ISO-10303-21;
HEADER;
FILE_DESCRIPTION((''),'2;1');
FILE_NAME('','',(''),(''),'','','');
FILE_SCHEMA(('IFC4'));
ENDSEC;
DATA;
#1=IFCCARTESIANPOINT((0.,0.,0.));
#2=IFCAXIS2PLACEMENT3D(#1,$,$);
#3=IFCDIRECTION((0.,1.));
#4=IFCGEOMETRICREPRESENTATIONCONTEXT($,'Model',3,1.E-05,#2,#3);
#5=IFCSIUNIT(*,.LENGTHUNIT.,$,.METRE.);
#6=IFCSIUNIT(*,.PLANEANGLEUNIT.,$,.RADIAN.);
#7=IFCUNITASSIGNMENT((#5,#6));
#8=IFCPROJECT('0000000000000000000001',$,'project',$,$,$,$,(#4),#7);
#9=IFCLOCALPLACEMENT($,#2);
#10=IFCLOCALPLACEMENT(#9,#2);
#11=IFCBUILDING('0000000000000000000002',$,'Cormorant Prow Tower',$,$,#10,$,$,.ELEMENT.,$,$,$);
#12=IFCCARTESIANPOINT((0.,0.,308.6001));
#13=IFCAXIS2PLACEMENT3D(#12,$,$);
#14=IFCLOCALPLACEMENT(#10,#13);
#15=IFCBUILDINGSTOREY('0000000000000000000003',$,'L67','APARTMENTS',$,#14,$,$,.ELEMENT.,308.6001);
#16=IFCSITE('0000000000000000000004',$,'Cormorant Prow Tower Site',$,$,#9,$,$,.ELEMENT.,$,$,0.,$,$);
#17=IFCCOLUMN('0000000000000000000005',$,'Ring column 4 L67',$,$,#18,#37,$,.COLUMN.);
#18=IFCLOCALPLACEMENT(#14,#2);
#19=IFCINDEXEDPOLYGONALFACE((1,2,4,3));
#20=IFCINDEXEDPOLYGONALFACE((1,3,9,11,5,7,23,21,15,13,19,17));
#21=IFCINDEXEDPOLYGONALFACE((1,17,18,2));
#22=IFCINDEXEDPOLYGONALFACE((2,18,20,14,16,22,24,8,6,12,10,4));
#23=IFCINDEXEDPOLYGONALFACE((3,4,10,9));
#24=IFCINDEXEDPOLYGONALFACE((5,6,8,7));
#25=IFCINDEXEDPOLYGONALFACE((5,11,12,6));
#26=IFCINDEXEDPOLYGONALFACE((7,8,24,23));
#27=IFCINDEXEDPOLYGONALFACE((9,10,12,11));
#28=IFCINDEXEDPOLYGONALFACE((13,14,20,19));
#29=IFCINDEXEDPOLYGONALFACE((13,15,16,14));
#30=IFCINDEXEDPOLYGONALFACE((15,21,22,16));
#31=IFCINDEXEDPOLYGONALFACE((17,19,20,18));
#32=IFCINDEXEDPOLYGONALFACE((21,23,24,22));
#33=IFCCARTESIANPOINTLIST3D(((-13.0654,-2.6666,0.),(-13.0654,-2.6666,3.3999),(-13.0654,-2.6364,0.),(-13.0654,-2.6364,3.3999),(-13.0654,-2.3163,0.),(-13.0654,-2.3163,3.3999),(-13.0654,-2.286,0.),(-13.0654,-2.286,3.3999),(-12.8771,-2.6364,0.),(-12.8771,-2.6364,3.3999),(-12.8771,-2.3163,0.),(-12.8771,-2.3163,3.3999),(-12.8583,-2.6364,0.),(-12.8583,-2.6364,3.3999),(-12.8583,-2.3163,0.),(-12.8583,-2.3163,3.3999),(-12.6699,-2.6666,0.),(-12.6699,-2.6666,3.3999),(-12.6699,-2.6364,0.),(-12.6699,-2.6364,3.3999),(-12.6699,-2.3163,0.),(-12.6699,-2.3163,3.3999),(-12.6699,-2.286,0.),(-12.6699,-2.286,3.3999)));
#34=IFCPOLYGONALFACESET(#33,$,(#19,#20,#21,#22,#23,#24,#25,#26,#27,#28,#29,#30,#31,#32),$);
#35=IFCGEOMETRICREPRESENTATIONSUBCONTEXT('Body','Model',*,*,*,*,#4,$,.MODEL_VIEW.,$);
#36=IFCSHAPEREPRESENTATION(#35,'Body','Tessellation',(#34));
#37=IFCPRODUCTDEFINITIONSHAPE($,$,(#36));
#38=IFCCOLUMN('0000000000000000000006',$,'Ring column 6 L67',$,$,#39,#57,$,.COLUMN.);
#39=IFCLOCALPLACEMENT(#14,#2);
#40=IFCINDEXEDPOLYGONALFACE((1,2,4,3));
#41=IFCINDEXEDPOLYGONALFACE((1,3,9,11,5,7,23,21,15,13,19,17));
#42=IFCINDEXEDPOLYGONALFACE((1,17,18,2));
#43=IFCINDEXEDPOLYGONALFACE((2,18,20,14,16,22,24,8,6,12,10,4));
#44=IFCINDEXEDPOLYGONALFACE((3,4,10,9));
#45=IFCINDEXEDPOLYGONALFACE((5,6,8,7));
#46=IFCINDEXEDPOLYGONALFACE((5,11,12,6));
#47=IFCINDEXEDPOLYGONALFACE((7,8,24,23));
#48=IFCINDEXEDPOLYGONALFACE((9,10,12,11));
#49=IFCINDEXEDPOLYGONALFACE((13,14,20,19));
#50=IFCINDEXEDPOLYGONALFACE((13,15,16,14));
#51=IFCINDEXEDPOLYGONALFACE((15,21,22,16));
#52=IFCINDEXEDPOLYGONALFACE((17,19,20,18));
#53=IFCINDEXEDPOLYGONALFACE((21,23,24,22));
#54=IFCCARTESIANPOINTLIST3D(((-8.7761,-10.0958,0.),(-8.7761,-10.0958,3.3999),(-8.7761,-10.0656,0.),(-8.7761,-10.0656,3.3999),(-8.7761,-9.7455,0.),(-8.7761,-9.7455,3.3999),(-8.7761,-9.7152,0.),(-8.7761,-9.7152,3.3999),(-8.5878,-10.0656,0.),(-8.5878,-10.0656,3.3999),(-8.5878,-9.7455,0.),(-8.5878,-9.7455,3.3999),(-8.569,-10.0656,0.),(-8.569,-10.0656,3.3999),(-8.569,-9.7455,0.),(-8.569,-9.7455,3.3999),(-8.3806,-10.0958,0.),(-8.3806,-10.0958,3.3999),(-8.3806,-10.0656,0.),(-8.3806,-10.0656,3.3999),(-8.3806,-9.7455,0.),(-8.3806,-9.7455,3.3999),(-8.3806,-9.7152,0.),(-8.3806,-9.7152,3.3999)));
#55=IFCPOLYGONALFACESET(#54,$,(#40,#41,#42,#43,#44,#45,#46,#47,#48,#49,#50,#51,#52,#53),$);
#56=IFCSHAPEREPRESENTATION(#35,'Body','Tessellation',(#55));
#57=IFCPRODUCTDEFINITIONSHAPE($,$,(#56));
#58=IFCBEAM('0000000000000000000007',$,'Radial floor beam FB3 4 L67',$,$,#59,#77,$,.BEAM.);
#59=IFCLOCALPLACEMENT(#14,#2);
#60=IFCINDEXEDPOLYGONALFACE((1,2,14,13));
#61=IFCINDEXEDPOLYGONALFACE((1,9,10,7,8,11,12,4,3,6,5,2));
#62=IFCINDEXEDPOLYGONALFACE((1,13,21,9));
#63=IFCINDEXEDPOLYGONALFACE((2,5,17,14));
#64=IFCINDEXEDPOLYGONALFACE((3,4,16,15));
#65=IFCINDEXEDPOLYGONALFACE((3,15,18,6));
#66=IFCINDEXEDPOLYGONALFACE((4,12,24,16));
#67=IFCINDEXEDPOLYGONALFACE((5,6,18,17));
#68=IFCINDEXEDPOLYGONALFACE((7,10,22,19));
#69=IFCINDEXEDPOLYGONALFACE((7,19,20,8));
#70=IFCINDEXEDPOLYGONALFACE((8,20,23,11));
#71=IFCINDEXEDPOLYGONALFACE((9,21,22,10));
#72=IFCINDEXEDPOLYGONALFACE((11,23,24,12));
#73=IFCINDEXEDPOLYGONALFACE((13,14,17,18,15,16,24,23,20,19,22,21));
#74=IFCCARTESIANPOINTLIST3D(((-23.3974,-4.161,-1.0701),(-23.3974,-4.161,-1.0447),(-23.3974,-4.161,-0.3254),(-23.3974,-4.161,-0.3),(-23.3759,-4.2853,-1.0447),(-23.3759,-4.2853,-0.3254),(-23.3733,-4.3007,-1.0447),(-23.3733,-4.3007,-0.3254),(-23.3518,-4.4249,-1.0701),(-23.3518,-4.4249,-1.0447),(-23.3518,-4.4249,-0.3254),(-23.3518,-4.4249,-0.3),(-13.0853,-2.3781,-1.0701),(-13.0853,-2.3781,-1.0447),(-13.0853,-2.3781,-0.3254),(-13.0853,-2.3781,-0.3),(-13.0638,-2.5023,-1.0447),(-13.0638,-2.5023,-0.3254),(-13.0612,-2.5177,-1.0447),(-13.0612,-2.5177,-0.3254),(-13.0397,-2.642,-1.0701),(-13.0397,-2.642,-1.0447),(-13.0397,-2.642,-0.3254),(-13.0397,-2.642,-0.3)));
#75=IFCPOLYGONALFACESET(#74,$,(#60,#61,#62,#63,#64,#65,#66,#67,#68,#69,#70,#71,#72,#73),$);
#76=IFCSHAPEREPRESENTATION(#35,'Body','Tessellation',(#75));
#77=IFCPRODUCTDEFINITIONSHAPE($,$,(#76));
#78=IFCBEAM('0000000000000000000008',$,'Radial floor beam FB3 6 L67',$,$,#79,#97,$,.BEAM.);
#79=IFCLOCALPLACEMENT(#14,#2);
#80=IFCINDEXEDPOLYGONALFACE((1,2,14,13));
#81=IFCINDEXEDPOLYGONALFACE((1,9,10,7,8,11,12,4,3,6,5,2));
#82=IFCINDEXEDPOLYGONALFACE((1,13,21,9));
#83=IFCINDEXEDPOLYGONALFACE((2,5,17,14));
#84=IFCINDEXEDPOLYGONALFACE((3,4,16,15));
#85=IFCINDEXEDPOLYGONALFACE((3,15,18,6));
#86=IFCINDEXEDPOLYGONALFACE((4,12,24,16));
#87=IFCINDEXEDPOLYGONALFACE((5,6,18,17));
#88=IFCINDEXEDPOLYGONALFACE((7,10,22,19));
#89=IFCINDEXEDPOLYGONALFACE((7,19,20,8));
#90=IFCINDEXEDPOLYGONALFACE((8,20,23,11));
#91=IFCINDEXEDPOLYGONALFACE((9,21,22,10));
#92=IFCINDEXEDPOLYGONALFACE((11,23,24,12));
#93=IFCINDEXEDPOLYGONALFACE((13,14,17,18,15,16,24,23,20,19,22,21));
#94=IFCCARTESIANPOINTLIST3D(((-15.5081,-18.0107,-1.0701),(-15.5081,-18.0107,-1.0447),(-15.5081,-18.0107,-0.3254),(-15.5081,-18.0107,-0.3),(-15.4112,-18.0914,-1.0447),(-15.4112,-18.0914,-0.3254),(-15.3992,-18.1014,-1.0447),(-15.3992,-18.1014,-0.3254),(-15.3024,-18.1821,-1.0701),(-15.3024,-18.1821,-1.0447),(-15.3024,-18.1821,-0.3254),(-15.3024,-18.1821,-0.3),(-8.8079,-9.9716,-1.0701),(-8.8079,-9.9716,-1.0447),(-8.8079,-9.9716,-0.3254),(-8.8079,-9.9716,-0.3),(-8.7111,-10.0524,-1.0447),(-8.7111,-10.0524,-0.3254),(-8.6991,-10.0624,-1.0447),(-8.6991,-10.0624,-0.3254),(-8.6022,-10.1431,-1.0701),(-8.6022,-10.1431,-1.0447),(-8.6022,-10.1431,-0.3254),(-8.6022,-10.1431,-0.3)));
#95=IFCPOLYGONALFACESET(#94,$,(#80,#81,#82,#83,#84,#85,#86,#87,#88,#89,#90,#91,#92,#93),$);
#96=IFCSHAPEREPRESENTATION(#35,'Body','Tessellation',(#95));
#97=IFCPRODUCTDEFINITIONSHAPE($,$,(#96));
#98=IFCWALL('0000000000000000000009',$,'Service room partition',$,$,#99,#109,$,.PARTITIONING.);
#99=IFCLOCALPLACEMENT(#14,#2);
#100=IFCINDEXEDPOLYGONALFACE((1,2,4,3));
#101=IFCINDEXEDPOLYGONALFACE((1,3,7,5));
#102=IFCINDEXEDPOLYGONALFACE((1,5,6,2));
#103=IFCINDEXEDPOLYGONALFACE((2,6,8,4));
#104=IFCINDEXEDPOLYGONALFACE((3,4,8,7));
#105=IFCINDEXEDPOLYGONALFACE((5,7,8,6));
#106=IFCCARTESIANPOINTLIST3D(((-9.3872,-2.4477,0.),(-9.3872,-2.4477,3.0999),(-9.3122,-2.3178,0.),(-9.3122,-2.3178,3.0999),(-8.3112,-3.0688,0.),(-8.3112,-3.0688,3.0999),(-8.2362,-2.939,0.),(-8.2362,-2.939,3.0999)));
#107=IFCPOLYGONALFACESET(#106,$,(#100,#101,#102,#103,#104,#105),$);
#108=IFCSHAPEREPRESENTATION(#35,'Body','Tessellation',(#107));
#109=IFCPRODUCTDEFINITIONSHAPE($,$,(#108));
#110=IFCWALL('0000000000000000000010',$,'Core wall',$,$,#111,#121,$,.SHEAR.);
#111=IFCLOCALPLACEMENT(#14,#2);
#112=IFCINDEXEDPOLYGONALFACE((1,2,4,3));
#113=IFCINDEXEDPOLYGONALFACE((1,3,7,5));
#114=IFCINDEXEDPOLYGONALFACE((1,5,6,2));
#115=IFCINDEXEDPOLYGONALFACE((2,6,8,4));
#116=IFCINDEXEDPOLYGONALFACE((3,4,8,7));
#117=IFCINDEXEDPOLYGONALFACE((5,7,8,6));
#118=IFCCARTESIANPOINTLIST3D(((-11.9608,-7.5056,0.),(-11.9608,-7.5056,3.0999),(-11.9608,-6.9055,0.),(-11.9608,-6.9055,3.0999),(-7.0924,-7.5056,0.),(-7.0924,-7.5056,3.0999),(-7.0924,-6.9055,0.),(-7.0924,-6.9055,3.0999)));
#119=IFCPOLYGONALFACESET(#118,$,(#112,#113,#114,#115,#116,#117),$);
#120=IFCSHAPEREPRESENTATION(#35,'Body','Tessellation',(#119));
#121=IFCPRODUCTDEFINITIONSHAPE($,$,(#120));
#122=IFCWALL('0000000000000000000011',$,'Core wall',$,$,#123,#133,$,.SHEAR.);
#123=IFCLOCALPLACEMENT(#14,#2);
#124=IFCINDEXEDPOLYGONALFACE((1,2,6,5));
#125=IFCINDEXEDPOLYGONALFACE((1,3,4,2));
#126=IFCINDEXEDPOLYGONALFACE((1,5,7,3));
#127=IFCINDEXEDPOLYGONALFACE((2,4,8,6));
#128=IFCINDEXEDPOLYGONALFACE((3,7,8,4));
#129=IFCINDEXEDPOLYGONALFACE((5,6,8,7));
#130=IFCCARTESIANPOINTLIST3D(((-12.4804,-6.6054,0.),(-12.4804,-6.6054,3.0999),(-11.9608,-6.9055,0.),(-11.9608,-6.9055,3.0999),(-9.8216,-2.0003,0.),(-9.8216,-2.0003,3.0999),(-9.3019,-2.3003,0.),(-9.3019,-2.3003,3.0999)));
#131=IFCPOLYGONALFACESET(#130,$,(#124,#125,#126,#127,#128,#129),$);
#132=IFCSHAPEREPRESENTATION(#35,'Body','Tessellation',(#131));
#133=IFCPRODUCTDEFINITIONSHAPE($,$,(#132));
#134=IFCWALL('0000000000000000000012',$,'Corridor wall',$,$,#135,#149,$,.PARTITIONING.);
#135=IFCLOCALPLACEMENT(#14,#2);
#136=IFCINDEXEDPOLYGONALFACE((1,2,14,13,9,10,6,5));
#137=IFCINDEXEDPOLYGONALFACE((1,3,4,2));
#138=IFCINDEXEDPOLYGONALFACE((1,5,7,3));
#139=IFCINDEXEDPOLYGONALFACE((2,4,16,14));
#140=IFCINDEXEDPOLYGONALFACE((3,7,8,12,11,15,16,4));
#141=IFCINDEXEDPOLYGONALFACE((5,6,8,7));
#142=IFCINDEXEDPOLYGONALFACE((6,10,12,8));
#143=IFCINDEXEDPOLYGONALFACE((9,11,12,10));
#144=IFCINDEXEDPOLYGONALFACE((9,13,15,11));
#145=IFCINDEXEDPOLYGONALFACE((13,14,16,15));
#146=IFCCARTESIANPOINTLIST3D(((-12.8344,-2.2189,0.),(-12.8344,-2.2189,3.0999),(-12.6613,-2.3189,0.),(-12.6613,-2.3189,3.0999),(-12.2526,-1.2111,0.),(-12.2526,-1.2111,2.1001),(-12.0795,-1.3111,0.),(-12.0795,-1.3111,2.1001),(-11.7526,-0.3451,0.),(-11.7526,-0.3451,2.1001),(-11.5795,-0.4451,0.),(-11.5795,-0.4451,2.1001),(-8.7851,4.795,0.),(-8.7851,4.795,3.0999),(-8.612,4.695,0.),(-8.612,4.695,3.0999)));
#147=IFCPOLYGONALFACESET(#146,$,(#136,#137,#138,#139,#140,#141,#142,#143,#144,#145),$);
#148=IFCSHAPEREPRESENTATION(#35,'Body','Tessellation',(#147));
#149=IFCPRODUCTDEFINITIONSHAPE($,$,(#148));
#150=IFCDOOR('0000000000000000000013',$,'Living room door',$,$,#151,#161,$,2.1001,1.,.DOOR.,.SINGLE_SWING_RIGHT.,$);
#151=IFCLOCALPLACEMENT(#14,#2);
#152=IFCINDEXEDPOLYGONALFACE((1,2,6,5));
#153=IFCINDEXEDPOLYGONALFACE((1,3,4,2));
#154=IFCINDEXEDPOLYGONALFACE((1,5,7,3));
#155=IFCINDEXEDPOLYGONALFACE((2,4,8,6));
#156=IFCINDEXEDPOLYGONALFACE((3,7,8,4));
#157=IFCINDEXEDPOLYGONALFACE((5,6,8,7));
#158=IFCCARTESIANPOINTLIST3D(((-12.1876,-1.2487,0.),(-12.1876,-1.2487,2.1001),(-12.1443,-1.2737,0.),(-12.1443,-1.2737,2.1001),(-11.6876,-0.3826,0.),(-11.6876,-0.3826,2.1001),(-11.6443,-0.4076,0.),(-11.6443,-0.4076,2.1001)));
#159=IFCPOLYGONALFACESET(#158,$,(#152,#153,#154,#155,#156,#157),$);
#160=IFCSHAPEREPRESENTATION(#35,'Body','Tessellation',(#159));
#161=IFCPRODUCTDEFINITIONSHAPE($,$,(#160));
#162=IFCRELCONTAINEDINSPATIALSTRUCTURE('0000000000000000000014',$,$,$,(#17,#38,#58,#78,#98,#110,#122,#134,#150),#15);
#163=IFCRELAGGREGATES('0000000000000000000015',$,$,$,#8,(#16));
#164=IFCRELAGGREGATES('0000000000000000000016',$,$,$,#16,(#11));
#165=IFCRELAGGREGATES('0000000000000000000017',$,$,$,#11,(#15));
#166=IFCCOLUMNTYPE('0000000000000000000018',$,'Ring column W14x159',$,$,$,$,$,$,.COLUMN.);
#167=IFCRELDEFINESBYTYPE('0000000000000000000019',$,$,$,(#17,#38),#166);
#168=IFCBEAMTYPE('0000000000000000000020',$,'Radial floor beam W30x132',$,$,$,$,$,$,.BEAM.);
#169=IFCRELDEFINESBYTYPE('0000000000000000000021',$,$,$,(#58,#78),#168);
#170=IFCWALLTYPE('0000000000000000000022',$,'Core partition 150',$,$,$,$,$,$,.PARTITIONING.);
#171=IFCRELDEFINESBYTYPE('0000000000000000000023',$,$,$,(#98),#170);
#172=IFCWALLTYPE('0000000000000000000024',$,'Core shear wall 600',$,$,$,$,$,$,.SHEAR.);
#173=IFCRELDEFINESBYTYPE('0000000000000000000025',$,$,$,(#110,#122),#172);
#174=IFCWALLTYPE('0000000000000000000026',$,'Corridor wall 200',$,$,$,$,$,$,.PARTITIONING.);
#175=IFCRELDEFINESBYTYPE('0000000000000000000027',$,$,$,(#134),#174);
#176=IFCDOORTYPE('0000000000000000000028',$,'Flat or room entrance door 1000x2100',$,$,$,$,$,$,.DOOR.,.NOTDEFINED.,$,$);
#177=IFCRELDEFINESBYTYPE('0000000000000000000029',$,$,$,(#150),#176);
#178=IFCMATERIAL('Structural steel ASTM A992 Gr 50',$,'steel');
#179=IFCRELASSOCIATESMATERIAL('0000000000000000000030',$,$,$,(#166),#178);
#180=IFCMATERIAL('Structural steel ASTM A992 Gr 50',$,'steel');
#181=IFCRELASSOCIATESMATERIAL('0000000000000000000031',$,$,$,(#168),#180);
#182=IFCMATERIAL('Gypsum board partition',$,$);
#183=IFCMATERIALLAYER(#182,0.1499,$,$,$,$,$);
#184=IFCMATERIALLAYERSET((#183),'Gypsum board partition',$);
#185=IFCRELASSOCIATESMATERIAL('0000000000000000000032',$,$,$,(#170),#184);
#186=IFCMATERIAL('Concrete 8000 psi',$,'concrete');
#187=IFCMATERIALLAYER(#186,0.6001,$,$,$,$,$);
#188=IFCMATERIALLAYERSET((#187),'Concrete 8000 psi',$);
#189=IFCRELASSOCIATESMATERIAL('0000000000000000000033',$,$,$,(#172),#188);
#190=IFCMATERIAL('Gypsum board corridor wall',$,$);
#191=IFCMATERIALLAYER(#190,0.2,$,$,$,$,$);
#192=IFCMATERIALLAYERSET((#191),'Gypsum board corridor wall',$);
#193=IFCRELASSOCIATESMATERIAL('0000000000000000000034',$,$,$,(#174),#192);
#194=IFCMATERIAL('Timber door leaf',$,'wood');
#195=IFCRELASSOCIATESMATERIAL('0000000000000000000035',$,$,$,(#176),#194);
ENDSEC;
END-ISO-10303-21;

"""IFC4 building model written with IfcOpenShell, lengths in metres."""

from ifc_helpers import new_model, si_unit, direction, frame, frame_2d, origin, origin_2d, place, context, subcontext, project, spatial, rectangle, i_section, extrude, material, layer, layer_set, material_profile, profile_set, type_object, element, fill, save


model = new_model("IFC4")

# Units and contexts
model_context = context("Model", 3, precision=1e-05, world=origin(), true_north=direction((0.0, 1.0)))
body_context = subcontext(model_context, "Body", "Model", "MODEL_VIEW")
ifc_project = project(units=[si_unit("LENGTHUNIT", "METRE"), si_unit("PLANEANGLEUNIT", "RADIAN")], contexts=[model_context])

# Site, building, storey
site_placement = place(None, origin())
site = spatial("IfcSite", under=ifc_project, at=site_placement, Name="Cormorant Prow Tower Site", CompositionType="ELEMENT", RefElevation=0.0)
building_placement = place(site_placement, origin())
building = spatial("IfcBuilding", under=site, at=building_placement, Name="Cormorant Prow Tower", CompositionType="ELEMENT")
storey_placement = place(building_placement, frame((0.0, 0.0, 308.6001)))
storey = spatial("IfcBuildingStorey", under=building, at=storey_placement, Name="L67", Description="APARTMENTS", CompositionType="ELEMENT", Elevation=308.6001)

# Columns
ifc_material_1 = material(Name="Structural steel ASTM A992 Gr 50", Category="steel")
ifc_material_profile_1 = material_profile(ifc_material_1, i_section(OverallWidth=0.3955, OverallDepth=0.3806, WebThickness=0.0188, FlangeThickness=0.0303, at=origin_2d()), Name="W14x159")
ifc_profile_set_1 = profile_set([ifc_material_profile_1], Name="Structural steel ASTM A992 Gr 50")
column_type = type_object("IfcColumnType", Name="Ring column W14x159", PredefinedType="COLUMN", material=ifc_profile_set_1)
for number, where, z_axis, x_axis, name in (
    (1, (-12.8677, -2.4763, 0.0), (0.0, 0.0, 1.0), (1.0, 0.0, 0.0), "Ring column 4 L67"),
    (2, (-8.5784, -9.9055, 0.0), (0.0, 0.0, 1.0), (1.0, 0.0, 0.0), "Ring column 6 L67"),
):
    element("IfcColumn", number, at=place(storey_placement, frame(where, z_axis=z_axis, x_axis=x_axis)), inside=storey, type_object=column_type, Name=name, PredefinedType="COLUMN", context=body_context, shape_type="SweptSolid", body=[
        extrude(i_section(OverallWidth=0.3955, OverallDepth=0.3806, WebThickness=0.0188, FlangeThickness=0.0303, at=origin_2d()), origin(), (0.0, 0.0, 1.0), 3.3999),
    ])

# Beams
ifc_material_2 = material(Name="Structural steel ASTM A992 Gr 50", Category="steel")
ifc_material_profile_2 = material_profile(ifc_material_2, i_section(OverallWidth=0.2678, OverallDepth=0.77, WebThickness=0.0156, FlangeThickness=0.0254, at=origin_2d()), Name="W30x132")
ifc_profile_set_2 = profile_set([ifc_material_profile_2], Name="Structural steel ASTM A992 Gr 50")
beam_type = type_object("IfcBeamType", Name="Radial floor beam W30x132", PredefinedType="BEAM", material=ifc_profile_set_2)
for number, where, z_axis, x_axis, name in (
    (3, (-13.0625, -2.51, -0.6851), (-0.98538, -0.170373, 0.0), (0.170373, -0.98538, 0.0), "Radial floor beam FB3 4 L67"),
    (4, (-8.7051, -10.0574, -0.6851), (-0.640239, -0.768175, 0.0), (0.768175, -0.640239, 0.0), "Radial floor beam FB3 6 L67"),
):
    element("IfcBeam", number, at=place(storey_placement, frame(where, z_axis=z_axis, x_axis=x_axis)), inside=storey, type_object=beam_type, Name=name, PredefinedType="BEAM", context=body_context, shape_type="SweptSolid", body=[
        extrude(i_section(OverallWidth=0.2678, OverallDepth=0.77, WebThickness=0.0156, FlangeThickness=0.0254, at=origin_2d()), origin(), (0.0, 0.0, 1.0), 10.4651),
    ])

# Walls
ifc_material_3 = material(Name="Gypsum board partition")
ifc_layer_1 = layer(ifc_material_3, 0.1499)
ifc_layer_set_1 = layer_set([ifc_layer_1], Name="Gypsum board partition")
wall_type_1 = type_object("IfcWallType", Name="Core partition 150", PredefinedType="PARTITIONING", material=ifc_layer_set_1)
wall_1_placement = place(storey_placement, frame((-9.3496, -2.3828, 0.0), z_axis=(0.0, 0.0, 1.0), x_axis=(0.866058, -0.499944, 0.0)))
element("IfcWall", 5, at=wall_1_placement, inside=storey, type_object=wall_type_1, Name="Service room partition", PredefinedType="PARTITIONING", context=body_context, shape_type="SweptSolid", body=[
    extrude(rectangle(XDim=1.2424, YDim=0.1499, at=frame_2d((0.6211, 0.0))), origin(), (0.0, 0.0, 1.0), 3.0999),
])
ifc_material_4 = material(Name="Concrete 8000 psi", Category="concrete")
ifc_layer_2 = layer(ifc_material_4, 0.6001)
ifc_layer_set_2 = layer_set([ifc_layer_2], Name="Concrete 8000 psi")
wall_type_2 = type_object("IfcWallType", Name="Core shear wall 600", PredefinedType="SHEAR", material=ifc_layer_set_2)
wall_2_placement = place(storey_placement, frame((-11.9607, -7.2056, 0.0), z_axis=(0.0, 0.0, 1.0), x_axis=(1.0, 0.0, 0.0)))
element("IfcWall", 6, at=wall_2_placement, inside=storey, type_object=wall_type_2, Name="Core wall", PredefinedType="SHEAR", context=body_context, shape_type="SweptSolid", body=[
    extrude(rectangle(XDim=4.8684, YDim=0.6001, at=frame_2d((2.4341, 0.0))), origin(), (0.0, 0.0, 1.0), 3.0999),
])
wall_3_placement = place(storey_placement, frame((-9.5618, -2.1504, 0.0), z_axis=(0.0, 0.0, 1.0), x_axis=(-0.500015, -0.866017, 0.0)))
element("IfcWall", 7, at=wall_3_placement, inside=storey, type_object=wall_type_2, Name="Core wall", PredefinedType="SHEAR", context=body_context, shape_type="SweptSolid", body=[
    extrude(rectangle(XDim=5.3176, YDim=0.6001, at=frame_2d((2.6587, 0.0))), origin(), (0.0, 0.0, 1.0), 3.0999),
])

# Wall, opening, door
ifc_material_5 = material(Name="Gypsum board corridor wall")
ifc_layer_3 = layer(ifc_material_5, 0.2)
ifc_layer_set_3 = layer_set([ifc_layer_3], Name="Gypsum board corridor wall")
wall_type_3 = type_object("IfcWallType", Name="Corridor wall 200", PredefinedType="PARTITIONING", material=ifc_layer_set_3)
wall_4_placement = place(storey_placement, frame((-12.7478, -2.2688, 0.0), z_axis=(0.0, 0.0, 1.0), x_axis=(0.499984, 0.866034, 0.0)))
wall_4 = element("IfcWall", 8, at=wall_4_placement, inside=storey, type_object=wall_type_3, Name="Corridor wall", PredefinedType="PARTITIONING", context=body_context, shape_type="SweptSolid", body=[
    extrude(rectangle(XDim=8.0989, YDim=0.2, at=frame_2d((4.0493, 0.0))), origin(), (0.0, 0.0, 1.0), 3.0999),
])
opening_1_placement = place(wall_4_placement, frame((1.1636, 0.0, 0.0)))
opening_1 = element("IfcOpeningElement", 9, at=opening_1_placement, cuts=wall_4, PredefinedType="OPENING", context=body_context, shape_type="SweptSolid", body=[
    extrude(rectangle(XDim=1.0, YDim=2.1001, at=frame_2d((0.5, 1.05))), frame((0.0, 0.1099, 0.0), z_axis=(0.0, -1.0, 0.0), x_axis=(1.0, 0.0, 0.0)), (0.0, 0.0, 1.0), 0.22),
])
ifc_material_6 = material(Name="Timber door leaf", Category="wood")
door_type = type_object("IfcDoorType", Name="Flat or room entrance door 1000x2100", OperationType="NOTDEFINED", PredefinedType="DOOR", material=ifc_material_6)
door_1_placement = place(opening_1_placement, origin())
door_1 = element("IfcDoor", 10, at=door_1_placement, inside=storey, type_object=door_type, Name="Living room door", OperationType="SINGLE_SWING_RIGHT", OverallHeight=2.1001, OverallWidth=1.0, PredefinedType="DOOR", context=body_context, shape_type="SweptSolid", body=[
    extrude(rectangle(XDim=1.0, YDim=2.1001, at=frame_2d((0.5, 1.05))), frame((0.0, 0.0249, 0.0), z_axis=(0.0, -1.0, 0.0), x_axis=(1.0, 0.0, 0.0)), (0.0, 0.0, 1.0), 0.05),
])
fill(opening_1, door_1)

save(model, "model.ifc")
